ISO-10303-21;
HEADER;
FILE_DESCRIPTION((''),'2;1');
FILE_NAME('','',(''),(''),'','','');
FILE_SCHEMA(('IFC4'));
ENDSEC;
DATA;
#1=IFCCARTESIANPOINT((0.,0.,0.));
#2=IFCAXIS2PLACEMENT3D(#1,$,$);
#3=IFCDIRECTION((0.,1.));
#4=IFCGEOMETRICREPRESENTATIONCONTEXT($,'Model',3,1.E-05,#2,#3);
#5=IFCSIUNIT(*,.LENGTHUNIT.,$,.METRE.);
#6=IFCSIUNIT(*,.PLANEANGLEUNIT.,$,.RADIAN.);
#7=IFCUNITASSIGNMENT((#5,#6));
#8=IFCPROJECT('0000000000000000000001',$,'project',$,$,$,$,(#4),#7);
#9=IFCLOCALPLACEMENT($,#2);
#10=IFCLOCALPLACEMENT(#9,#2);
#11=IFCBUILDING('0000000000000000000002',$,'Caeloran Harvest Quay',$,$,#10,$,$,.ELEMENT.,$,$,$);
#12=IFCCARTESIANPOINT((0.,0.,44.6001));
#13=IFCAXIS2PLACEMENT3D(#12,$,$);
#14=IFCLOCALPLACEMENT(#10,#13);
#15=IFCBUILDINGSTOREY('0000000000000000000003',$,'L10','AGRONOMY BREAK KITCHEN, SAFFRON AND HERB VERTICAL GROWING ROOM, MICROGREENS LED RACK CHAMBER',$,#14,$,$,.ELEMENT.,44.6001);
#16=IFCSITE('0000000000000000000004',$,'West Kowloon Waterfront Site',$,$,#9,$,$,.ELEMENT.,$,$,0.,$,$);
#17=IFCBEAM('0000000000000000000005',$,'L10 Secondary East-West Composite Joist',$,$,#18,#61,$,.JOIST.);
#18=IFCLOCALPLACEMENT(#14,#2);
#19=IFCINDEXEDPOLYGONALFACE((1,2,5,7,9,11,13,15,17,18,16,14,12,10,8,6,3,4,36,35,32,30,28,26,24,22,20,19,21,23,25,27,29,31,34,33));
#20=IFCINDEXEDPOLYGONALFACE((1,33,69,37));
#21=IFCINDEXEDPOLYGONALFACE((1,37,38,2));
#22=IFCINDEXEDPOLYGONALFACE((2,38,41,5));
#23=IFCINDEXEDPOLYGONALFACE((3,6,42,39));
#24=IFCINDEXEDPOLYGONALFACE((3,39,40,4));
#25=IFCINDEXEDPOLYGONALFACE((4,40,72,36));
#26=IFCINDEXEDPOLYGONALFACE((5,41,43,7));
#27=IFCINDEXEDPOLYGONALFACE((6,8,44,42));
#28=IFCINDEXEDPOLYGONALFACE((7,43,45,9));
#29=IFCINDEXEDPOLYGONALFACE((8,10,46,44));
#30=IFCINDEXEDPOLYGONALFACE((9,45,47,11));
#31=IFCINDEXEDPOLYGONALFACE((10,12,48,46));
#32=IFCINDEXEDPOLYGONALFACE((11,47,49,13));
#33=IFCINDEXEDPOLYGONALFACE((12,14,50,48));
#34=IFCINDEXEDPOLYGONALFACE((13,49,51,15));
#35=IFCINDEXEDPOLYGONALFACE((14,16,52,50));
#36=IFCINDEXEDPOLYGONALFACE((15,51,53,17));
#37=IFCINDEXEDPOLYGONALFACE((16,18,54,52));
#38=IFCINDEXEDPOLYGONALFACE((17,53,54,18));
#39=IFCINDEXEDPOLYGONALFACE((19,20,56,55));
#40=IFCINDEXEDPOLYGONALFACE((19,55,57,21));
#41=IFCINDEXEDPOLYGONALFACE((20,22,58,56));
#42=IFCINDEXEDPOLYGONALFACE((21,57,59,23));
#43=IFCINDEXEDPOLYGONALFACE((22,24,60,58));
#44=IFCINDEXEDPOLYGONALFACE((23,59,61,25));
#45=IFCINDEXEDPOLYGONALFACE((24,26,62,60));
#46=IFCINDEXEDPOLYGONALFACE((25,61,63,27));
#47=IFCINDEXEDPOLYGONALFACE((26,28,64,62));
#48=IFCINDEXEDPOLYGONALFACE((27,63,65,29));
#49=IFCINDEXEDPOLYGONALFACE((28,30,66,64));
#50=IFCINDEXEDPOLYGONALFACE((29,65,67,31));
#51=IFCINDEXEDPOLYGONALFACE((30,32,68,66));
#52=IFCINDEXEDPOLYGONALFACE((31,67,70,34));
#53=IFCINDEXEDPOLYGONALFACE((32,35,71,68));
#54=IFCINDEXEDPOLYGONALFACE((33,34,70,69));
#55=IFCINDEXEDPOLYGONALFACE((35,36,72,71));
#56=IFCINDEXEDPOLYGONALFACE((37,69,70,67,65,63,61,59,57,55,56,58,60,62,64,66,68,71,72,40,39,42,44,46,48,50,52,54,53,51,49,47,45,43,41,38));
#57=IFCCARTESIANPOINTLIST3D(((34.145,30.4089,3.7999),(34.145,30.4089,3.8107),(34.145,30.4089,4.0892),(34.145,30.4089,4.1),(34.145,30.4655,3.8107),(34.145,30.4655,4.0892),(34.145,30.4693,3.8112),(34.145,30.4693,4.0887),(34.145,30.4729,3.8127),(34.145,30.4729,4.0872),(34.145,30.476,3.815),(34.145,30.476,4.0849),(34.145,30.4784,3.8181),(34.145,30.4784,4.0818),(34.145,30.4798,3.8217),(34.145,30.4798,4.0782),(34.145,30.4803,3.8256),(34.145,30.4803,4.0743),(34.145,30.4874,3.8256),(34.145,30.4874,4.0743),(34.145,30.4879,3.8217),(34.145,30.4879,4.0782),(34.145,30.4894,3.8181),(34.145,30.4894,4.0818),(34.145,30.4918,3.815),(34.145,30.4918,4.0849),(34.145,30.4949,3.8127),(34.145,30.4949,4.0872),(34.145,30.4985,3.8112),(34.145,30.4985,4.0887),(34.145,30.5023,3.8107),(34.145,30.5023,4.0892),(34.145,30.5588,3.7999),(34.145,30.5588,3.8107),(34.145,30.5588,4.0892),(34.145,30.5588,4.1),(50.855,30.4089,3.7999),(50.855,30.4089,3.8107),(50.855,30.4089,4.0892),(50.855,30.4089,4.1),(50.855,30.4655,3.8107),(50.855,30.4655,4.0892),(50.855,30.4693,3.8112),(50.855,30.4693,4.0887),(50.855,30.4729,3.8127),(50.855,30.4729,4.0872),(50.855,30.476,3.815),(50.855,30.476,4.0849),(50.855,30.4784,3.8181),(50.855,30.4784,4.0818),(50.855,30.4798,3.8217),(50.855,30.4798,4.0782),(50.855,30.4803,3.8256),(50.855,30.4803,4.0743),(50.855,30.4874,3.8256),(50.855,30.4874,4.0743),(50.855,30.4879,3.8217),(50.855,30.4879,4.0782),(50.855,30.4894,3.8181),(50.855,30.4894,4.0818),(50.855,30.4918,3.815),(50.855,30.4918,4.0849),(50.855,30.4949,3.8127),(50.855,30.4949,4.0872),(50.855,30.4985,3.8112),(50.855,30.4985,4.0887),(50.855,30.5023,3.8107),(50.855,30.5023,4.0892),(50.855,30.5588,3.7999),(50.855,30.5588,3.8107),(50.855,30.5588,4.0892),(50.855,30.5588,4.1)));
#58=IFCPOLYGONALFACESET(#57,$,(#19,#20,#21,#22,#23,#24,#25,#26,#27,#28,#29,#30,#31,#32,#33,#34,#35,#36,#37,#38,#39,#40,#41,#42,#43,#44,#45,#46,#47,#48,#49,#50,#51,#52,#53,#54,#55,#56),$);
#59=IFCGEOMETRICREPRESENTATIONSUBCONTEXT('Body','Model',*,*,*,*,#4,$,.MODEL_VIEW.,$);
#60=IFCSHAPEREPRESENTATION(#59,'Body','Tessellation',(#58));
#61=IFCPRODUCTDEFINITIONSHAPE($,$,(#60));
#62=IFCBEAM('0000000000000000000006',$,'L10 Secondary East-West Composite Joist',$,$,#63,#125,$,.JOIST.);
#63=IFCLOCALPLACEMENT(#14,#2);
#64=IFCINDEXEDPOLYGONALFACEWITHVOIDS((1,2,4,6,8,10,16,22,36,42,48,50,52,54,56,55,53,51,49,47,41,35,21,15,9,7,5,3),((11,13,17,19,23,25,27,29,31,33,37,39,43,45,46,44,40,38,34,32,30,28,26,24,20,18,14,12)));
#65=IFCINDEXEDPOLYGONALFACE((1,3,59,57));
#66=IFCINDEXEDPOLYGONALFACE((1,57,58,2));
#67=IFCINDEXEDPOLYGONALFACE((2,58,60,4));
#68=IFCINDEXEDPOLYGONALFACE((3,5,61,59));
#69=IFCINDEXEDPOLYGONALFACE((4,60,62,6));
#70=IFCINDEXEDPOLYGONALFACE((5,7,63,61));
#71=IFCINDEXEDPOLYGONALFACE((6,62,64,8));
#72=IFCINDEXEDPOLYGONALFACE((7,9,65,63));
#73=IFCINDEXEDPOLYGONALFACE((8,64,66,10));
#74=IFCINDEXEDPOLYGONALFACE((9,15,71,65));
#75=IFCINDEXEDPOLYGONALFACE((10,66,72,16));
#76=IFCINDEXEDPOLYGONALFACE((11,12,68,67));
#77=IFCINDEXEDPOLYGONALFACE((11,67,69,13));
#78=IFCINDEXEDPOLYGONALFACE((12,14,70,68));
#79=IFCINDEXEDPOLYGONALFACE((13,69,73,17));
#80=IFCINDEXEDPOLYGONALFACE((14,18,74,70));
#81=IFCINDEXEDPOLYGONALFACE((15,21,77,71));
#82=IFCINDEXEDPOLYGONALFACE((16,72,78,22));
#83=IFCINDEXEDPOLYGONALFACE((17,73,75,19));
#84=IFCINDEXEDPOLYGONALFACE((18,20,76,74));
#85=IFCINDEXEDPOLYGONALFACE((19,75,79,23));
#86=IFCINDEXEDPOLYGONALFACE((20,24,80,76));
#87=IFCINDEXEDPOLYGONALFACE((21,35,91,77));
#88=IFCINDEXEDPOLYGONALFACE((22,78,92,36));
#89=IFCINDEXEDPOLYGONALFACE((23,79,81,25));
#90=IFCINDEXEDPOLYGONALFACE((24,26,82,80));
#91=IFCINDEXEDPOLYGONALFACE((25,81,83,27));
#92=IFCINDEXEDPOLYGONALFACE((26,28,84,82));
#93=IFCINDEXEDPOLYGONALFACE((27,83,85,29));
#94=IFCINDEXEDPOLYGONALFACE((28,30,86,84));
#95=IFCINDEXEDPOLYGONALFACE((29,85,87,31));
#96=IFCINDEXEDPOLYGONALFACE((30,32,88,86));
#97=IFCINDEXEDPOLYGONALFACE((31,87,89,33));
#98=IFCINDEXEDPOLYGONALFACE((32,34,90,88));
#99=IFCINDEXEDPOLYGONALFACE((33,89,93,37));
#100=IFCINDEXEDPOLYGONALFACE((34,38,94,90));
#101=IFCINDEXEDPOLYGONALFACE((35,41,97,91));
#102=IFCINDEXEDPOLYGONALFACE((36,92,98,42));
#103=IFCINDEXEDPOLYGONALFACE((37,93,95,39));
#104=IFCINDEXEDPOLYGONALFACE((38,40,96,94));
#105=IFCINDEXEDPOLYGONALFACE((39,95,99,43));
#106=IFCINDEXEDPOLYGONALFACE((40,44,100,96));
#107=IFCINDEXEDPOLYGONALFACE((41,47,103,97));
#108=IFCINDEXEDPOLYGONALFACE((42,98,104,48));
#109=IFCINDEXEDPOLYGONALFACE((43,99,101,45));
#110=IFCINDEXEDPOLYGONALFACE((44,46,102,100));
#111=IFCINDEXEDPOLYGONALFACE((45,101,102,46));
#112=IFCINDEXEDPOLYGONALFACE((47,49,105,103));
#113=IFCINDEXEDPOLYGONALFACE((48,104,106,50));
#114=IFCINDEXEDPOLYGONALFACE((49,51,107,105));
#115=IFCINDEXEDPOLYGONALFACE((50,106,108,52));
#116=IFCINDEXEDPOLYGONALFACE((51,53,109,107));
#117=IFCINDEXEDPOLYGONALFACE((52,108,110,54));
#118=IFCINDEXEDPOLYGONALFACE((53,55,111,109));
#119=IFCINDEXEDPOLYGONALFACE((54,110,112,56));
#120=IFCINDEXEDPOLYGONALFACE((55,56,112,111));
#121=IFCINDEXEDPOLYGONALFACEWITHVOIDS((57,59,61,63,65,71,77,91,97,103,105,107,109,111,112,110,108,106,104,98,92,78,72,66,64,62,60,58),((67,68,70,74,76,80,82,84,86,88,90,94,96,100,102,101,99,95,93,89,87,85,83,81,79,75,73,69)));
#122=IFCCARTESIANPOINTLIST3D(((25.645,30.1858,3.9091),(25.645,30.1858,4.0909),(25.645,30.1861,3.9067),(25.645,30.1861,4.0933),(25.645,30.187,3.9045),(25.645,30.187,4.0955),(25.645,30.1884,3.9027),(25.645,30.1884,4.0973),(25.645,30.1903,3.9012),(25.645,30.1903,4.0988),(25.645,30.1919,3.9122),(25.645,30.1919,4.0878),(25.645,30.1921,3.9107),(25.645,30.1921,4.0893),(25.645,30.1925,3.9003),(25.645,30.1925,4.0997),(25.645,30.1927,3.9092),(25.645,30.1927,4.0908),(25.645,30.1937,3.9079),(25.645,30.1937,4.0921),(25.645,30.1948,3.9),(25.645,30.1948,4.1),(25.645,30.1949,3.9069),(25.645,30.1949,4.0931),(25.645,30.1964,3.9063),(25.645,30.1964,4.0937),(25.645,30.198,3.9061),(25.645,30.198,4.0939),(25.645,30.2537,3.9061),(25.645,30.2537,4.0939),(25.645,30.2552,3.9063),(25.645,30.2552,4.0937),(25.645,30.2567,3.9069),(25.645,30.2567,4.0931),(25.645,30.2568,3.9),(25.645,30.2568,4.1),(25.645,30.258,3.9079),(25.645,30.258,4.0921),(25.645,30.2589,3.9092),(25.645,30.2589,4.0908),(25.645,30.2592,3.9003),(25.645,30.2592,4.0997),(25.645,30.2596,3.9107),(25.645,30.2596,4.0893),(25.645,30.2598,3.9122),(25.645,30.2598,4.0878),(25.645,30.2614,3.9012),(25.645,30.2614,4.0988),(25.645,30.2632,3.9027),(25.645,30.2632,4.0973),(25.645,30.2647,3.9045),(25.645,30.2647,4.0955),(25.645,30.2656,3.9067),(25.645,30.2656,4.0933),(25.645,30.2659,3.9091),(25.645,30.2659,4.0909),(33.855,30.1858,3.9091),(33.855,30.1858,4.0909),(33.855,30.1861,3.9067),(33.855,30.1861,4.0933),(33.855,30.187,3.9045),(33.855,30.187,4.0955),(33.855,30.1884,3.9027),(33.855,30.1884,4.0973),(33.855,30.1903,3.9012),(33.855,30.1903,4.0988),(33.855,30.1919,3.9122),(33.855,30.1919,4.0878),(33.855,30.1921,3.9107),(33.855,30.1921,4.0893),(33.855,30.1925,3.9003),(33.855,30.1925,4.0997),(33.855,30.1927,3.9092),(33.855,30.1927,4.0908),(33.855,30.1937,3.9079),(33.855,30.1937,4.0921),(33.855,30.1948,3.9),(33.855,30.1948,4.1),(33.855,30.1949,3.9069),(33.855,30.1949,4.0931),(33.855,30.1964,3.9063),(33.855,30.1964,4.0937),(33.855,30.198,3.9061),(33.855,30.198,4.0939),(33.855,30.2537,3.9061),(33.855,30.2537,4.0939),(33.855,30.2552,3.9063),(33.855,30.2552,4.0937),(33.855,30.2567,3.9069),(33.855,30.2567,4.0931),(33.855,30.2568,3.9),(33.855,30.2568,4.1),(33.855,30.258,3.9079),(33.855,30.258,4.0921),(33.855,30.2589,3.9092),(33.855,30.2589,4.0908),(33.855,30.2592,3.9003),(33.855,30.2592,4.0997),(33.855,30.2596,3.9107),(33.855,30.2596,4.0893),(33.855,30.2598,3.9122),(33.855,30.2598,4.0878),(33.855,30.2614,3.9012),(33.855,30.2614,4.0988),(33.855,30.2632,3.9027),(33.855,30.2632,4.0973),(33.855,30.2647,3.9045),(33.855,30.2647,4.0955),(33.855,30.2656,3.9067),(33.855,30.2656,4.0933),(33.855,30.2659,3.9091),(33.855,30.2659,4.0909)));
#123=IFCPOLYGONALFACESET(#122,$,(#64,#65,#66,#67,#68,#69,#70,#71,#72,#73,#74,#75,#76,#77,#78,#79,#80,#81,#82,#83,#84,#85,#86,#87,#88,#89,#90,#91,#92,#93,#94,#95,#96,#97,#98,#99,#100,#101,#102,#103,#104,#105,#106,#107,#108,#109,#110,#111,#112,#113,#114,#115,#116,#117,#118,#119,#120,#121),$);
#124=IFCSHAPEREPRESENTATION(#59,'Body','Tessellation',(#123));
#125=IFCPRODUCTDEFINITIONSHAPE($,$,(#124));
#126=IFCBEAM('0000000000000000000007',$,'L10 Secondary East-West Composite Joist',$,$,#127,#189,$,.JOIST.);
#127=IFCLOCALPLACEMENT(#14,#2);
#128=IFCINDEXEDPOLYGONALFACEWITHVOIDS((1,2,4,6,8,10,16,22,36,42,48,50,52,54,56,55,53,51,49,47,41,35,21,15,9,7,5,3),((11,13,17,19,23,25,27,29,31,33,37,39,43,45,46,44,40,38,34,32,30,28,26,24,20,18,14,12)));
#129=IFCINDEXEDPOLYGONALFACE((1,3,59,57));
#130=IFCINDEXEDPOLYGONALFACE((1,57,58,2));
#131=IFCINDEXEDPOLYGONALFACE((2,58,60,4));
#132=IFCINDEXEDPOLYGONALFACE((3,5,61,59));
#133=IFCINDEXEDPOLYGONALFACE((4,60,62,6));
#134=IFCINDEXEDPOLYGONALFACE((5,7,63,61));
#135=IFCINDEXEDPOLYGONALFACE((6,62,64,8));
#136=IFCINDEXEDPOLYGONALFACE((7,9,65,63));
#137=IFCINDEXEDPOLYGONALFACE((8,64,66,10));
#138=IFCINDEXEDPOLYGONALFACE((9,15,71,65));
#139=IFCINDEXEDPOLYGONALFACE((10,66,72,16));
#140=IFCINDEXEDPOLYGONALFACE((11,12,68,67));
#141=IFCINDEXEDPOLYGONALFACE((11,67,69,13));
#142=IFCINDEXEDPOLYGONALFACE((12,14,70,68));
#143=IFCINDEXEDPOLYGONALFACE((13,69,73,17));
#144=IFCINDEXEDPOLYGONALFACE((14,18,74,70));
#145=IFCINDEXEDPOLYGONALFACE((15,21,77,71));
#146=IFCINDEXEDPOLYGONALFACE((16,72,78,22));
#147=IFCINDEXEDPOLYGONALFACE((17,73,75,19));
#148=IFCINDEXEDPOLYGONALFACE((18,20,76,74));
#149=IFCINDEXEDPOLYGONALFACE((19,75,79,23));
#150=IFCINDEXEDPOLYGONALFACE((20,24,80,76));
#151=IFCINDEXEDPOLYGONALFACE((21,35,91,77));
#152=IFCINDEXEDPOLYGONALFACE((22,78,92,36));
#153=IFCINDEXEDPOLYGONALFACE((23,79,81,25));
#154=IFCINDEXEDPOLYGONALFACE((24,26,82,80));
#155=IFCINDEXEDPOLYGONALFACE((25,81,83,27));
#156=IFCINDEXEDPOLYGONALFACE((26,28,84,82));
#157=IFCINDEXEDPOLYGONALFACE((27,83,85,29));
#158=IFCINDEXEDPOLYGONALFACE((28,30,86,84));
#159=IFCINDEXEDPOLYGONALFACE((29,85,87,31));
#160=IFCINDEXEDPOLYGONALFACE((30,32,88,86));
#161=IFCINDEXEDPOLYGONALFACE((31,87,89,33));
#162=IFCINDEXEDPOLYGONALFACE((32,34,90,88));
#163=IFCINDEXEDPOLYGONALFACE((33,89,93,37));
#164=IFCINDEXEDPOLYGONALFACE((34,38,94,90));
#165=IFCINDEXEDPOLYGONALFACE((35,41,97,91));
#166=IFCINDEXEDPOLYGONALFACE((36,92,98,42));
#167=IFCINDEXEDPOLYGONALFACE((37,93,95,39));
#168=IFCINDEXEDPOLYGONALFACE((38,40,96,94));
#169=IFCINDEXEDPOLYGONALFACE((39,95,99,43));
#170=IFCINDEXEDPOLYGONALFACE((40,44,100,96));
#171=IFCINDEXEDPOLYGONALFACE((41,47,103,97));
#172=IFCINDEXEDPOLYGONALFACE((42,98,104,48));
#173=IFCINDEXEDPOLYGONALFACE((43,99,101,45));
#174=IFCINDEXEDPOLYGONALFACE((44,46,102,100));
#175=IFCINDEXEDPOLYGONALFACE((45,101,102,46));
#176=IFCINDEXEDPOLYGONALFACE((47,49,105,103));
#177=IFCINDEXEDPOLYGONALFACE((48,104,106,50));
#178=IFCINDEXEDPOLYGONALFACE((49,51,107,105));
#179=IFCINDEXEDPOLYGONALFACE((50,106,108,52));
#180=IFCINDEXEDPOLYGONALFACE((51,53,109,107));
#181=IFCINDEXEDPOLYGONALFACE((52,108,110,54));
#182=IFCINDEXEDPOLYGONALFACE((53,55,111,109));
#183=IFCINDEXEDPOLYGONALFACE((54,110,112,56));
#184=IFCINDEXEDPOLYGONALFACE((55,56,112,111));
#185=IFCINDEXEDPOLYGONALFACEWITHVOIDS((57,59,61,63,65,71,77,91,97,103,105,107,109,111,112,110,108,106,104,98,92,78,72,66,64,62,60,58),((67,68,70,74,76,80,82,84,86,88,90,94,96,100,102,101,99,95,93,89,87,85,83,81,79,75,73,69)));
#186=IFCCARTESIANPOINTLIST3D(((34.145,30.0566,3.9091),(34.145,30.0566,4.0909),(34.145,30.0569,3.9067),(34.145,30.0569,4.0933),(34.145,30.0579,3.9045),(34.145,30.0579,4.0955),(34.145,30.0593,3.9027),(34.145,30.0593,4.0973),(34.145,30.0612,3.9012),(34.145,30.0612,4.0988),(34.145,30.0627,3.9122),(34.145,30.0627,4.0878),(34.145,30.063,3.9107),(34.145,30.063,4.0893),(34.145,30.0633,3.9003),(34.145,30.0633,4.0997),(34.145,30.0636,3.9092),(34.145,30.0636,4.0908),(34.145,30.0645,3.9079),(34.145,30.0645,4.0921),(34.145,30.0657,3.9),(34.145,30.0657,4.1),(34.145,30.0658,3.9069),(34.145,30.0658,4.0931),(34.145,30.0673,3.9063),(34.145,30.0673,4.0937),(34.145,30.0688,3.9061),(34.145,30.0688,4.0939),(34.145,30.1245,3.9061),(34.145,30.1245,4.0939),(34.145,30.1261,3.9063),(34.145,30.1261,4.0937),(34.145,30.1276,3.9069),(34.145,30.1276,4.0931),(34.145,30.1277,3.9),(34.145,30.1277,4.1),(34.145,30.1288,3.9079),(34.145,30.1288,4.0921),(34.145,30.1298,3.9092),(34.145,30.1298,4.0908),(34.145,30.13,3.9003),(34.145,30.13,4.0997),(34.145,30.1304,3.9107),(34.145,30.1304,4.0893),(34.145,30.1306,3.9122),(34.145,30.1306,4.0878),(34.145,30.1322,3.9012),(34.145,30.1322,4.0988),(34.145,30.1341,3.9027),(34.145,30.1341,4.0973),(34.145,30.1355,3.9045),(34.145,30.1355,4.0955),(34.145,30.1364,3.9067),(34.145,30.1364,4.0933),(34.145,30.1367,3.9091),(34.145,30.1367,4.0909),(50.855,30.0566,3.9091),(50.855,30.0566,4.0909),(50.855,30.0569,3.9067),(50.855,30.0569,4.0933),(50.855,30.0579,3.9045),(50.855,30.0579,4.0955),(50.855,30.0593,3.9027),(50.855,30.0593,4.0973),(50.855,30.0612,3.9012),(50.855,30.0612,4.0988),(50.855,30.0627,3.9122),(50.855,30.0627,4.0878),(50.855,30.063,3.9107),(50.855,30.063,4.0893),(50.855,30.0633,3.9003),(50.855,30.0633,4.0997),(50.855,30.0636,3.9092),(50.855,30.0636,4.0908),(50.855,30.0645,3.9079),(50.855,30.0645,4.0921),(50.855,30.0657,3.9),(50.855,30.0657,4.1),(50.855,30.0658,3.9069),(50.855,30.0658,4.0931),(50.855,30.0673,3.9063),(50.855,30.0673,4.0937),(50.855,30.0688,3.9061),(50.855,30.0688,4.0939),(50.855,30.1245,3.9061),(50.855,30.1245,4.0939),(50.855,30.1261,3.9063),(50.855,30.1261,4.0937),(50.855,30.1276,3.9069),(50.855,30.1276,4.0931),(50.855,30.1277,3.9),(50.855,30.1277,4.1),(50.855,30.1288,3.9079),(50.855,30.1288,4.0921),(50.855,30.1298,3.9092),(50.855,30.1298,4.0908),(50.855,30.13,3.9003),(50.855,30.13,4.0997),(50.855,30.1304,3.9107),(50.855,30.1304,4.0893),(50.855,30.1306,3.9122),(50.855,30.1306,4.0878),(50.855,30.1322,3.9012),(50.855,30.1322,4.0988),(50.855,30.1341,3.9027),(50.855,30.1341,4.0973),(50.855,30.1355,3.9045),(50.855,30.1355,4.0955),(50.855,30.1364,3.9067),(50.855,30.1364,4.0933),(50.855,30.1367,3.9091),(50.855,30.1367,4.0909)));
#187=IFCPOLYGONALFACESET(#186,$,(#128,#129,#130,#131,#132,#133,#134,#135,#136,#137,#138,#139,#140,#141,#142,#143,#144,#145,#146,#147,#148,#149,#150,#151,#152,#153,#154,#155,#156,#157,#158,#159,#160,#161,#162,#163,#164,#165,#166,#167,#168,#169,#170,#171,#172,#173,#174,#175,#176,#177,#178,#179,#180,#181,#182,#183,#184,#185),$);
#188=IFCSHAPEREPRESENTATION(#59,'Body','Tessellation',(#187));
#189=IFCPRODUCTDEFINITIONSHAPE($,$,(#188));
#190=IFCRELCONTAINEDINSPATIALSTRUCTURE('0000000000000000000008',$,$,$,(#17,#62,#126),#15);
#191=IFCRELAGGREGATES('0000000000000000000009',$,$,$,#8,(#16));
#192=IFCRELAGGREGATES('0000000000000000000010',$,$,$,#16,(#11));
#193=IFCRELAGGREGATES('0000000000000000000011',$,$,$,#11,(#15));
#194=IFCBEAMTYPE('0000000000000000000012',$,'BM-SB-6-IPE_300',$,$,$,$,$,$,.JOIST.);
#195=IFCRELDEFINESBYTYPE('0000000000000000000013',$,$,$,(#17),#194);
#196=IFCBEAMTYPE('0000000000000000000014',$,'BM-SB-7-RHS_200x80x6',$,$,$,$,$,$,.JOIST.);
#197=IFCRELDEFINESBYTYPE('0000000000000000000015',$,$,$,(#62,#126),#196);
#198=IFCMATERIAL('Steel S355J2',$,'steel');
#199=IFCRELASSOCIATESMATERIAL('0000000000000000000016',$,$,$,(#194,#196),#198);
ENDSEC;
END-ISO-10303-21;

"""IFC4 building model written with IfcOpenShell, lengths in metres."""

from ifc_helpers import new_model, si_unit, direction, frame, origin, origin_2d, place, context, subcontext, project, spatial, hollow_rectangle, i_section, extrude, material, material_profile, profile_set, type_object, element, save


model = new_model("IFC4")

# Units and contexts
model_context = context("Model", 3, precision=1e-05, world=origin(), true_north=direction((0.0, 1.0)))
body_context = subcontext(model_context, "Body", "Model", "MODEL_VIEW")
ifc_project = project(units=[si_unit("LENGTHUNIT", "METRE"), si_unit("PLANEANGLEUNIT", "RADIAN")], contexts=[model_context])

# Site, building, storey
site_placement = place(None, origin())
site = spatial("IfcSite", under=ifc_project, at=site_placement, Name="West Kowloon Waterfront Site", CompositionType="ELEMENT", RefElevation=0.0)
building_placement = place(site_placement, origin())
building = spatial("IfcBuilding", under=site, at=building_placement, Name="Caeloran Harvest Quay", CompositionType="ELEMENT")
storey_placement = place(building_placement, frame((0.0, 0.0, 44.6001)))
storey = spatial("IfcBuildingStorey", under=building, at=storey_placement, Name="L10", Description="AGRONOMY BREAK KITCHEN, SAFFRON AND HERB VERTICAL GROWING ROOM, MICROGREENS LED RACK CHAMBER", CompositionType="ELEMENT", Elevation=44.6001)

# Beams
ifc_material_1 = material(Name="Steel S355J2", Category="steel")
ifc_material_profile_1 = material_profile(ifc_material_1, i_section(OverallWidth=0.1499, OverallDepth=0.3, WebThickness=0.0071, FlangeThickness=0.0107, FilletRadius=0.0149, at=origin_2d()), Name="IPE 300")
ifc_profile_set_1 = profile_set([ifc_material_profile_1], Name="Steel S355J2")
beam_type_1 = type_object("IfcBeamType", Name="BM-SB-6-IPE_300", PredefinedType="JOIST", material=ifc_profile_set_1)
for number, where, z_axis, x_axis, name in (
    (1, (34.145, 30.4839, 3.95), (1.0, 0.0, 0.0), (0.0, 1.0, 0.0), "L10 Secondary East-West Composite Joist"),
):
    element("IfcBeam", number, at=place(storey_placement, frame(where, z_axis=z_axis, x_axis=x_axis)), inside=storey, type_object=beam_type_1, Name=name, PredefinedType="JOIST", context=body_context, shape_type="SweptSolid", body=[
        extrude(i_section(OverallWidth=0.1499, OverallDepth=0.3, WebThickness=0.0071, FlangeThickness=0.0107, FilletRadius=0.0149, at=origin_2d()), origin(), (0.0, 0.0, 1.0), 16.71),
    ])
ifc_material_profile_2 = material_profile(ifc_material_1, hollow_rectangle(XDim=0.0801, YDim=0.2, WallThickness=0.0061, InnerFilletRadius=0.0061, OuterFilletRadius=0.009, at=origin_2d()), Name="RHS 200x80x6")
ifc_profile_set_2 = profile_set([ifc_material_profile_2], Name="Steel S355J2")
beam_type_2 = type_object("IfcBeamType", Name="BM-SB-7-RHS_200x80x6", PredefinedType="JOIST", material=ifc_profile_set_2)
beam_1_placement = place(storey_placement, frame((25.645, 30.2258, 4.0), z_axis=(1.0, 0.0, 0.0), x_axis=(0.0, 1.0, 0.0)))
element("IfcBeam", 2, at=beam_1_placement, inside=storey, type_object=beam_type_2, Name="L10 Secondary East-West Composite Joist", PredefinedType="JOIST", context=body_context, shape_type="SweptSolid", body=[
    extrude(hollow_rectangle(XDim=0.0801, YDim=0.2, WallThickness=0.0061, InnerFilletRadius=0.0061, OuterFilletRadius=0.009, at=origin_2d()), origin(), (0.0, 0.0, 1.0), 8.21),
])
for number, where, z_axis, x_axis, name in (
    (3, (34.145, 30.0967, 4.0), (1.0, 0.0, 0.0), (0.0, 1.0, 0.0), "L10 Secondary East-West Composite Joist"),
):
    element("IfcBeam", number, at=place(storey_placement, frame(where, z_axis=z_axis, x_axis=x_axis)), inside=storey, type_object=beam_type_2, Name=name, PredefinedType="JOIST", context=body_context, shape_type="SweptSolid", body=[
        extrude(hollow_rectangle(XDim=0.0801, YDim=0.2, WallThickness=0.0061, InnerFilletRadius=0.0061, OuterFilletRadius=0.009, at=origin_2d()), origin(), (0.0, 0.0, 1.0), 16.71),
    ])

save(model, "model.ifc")
